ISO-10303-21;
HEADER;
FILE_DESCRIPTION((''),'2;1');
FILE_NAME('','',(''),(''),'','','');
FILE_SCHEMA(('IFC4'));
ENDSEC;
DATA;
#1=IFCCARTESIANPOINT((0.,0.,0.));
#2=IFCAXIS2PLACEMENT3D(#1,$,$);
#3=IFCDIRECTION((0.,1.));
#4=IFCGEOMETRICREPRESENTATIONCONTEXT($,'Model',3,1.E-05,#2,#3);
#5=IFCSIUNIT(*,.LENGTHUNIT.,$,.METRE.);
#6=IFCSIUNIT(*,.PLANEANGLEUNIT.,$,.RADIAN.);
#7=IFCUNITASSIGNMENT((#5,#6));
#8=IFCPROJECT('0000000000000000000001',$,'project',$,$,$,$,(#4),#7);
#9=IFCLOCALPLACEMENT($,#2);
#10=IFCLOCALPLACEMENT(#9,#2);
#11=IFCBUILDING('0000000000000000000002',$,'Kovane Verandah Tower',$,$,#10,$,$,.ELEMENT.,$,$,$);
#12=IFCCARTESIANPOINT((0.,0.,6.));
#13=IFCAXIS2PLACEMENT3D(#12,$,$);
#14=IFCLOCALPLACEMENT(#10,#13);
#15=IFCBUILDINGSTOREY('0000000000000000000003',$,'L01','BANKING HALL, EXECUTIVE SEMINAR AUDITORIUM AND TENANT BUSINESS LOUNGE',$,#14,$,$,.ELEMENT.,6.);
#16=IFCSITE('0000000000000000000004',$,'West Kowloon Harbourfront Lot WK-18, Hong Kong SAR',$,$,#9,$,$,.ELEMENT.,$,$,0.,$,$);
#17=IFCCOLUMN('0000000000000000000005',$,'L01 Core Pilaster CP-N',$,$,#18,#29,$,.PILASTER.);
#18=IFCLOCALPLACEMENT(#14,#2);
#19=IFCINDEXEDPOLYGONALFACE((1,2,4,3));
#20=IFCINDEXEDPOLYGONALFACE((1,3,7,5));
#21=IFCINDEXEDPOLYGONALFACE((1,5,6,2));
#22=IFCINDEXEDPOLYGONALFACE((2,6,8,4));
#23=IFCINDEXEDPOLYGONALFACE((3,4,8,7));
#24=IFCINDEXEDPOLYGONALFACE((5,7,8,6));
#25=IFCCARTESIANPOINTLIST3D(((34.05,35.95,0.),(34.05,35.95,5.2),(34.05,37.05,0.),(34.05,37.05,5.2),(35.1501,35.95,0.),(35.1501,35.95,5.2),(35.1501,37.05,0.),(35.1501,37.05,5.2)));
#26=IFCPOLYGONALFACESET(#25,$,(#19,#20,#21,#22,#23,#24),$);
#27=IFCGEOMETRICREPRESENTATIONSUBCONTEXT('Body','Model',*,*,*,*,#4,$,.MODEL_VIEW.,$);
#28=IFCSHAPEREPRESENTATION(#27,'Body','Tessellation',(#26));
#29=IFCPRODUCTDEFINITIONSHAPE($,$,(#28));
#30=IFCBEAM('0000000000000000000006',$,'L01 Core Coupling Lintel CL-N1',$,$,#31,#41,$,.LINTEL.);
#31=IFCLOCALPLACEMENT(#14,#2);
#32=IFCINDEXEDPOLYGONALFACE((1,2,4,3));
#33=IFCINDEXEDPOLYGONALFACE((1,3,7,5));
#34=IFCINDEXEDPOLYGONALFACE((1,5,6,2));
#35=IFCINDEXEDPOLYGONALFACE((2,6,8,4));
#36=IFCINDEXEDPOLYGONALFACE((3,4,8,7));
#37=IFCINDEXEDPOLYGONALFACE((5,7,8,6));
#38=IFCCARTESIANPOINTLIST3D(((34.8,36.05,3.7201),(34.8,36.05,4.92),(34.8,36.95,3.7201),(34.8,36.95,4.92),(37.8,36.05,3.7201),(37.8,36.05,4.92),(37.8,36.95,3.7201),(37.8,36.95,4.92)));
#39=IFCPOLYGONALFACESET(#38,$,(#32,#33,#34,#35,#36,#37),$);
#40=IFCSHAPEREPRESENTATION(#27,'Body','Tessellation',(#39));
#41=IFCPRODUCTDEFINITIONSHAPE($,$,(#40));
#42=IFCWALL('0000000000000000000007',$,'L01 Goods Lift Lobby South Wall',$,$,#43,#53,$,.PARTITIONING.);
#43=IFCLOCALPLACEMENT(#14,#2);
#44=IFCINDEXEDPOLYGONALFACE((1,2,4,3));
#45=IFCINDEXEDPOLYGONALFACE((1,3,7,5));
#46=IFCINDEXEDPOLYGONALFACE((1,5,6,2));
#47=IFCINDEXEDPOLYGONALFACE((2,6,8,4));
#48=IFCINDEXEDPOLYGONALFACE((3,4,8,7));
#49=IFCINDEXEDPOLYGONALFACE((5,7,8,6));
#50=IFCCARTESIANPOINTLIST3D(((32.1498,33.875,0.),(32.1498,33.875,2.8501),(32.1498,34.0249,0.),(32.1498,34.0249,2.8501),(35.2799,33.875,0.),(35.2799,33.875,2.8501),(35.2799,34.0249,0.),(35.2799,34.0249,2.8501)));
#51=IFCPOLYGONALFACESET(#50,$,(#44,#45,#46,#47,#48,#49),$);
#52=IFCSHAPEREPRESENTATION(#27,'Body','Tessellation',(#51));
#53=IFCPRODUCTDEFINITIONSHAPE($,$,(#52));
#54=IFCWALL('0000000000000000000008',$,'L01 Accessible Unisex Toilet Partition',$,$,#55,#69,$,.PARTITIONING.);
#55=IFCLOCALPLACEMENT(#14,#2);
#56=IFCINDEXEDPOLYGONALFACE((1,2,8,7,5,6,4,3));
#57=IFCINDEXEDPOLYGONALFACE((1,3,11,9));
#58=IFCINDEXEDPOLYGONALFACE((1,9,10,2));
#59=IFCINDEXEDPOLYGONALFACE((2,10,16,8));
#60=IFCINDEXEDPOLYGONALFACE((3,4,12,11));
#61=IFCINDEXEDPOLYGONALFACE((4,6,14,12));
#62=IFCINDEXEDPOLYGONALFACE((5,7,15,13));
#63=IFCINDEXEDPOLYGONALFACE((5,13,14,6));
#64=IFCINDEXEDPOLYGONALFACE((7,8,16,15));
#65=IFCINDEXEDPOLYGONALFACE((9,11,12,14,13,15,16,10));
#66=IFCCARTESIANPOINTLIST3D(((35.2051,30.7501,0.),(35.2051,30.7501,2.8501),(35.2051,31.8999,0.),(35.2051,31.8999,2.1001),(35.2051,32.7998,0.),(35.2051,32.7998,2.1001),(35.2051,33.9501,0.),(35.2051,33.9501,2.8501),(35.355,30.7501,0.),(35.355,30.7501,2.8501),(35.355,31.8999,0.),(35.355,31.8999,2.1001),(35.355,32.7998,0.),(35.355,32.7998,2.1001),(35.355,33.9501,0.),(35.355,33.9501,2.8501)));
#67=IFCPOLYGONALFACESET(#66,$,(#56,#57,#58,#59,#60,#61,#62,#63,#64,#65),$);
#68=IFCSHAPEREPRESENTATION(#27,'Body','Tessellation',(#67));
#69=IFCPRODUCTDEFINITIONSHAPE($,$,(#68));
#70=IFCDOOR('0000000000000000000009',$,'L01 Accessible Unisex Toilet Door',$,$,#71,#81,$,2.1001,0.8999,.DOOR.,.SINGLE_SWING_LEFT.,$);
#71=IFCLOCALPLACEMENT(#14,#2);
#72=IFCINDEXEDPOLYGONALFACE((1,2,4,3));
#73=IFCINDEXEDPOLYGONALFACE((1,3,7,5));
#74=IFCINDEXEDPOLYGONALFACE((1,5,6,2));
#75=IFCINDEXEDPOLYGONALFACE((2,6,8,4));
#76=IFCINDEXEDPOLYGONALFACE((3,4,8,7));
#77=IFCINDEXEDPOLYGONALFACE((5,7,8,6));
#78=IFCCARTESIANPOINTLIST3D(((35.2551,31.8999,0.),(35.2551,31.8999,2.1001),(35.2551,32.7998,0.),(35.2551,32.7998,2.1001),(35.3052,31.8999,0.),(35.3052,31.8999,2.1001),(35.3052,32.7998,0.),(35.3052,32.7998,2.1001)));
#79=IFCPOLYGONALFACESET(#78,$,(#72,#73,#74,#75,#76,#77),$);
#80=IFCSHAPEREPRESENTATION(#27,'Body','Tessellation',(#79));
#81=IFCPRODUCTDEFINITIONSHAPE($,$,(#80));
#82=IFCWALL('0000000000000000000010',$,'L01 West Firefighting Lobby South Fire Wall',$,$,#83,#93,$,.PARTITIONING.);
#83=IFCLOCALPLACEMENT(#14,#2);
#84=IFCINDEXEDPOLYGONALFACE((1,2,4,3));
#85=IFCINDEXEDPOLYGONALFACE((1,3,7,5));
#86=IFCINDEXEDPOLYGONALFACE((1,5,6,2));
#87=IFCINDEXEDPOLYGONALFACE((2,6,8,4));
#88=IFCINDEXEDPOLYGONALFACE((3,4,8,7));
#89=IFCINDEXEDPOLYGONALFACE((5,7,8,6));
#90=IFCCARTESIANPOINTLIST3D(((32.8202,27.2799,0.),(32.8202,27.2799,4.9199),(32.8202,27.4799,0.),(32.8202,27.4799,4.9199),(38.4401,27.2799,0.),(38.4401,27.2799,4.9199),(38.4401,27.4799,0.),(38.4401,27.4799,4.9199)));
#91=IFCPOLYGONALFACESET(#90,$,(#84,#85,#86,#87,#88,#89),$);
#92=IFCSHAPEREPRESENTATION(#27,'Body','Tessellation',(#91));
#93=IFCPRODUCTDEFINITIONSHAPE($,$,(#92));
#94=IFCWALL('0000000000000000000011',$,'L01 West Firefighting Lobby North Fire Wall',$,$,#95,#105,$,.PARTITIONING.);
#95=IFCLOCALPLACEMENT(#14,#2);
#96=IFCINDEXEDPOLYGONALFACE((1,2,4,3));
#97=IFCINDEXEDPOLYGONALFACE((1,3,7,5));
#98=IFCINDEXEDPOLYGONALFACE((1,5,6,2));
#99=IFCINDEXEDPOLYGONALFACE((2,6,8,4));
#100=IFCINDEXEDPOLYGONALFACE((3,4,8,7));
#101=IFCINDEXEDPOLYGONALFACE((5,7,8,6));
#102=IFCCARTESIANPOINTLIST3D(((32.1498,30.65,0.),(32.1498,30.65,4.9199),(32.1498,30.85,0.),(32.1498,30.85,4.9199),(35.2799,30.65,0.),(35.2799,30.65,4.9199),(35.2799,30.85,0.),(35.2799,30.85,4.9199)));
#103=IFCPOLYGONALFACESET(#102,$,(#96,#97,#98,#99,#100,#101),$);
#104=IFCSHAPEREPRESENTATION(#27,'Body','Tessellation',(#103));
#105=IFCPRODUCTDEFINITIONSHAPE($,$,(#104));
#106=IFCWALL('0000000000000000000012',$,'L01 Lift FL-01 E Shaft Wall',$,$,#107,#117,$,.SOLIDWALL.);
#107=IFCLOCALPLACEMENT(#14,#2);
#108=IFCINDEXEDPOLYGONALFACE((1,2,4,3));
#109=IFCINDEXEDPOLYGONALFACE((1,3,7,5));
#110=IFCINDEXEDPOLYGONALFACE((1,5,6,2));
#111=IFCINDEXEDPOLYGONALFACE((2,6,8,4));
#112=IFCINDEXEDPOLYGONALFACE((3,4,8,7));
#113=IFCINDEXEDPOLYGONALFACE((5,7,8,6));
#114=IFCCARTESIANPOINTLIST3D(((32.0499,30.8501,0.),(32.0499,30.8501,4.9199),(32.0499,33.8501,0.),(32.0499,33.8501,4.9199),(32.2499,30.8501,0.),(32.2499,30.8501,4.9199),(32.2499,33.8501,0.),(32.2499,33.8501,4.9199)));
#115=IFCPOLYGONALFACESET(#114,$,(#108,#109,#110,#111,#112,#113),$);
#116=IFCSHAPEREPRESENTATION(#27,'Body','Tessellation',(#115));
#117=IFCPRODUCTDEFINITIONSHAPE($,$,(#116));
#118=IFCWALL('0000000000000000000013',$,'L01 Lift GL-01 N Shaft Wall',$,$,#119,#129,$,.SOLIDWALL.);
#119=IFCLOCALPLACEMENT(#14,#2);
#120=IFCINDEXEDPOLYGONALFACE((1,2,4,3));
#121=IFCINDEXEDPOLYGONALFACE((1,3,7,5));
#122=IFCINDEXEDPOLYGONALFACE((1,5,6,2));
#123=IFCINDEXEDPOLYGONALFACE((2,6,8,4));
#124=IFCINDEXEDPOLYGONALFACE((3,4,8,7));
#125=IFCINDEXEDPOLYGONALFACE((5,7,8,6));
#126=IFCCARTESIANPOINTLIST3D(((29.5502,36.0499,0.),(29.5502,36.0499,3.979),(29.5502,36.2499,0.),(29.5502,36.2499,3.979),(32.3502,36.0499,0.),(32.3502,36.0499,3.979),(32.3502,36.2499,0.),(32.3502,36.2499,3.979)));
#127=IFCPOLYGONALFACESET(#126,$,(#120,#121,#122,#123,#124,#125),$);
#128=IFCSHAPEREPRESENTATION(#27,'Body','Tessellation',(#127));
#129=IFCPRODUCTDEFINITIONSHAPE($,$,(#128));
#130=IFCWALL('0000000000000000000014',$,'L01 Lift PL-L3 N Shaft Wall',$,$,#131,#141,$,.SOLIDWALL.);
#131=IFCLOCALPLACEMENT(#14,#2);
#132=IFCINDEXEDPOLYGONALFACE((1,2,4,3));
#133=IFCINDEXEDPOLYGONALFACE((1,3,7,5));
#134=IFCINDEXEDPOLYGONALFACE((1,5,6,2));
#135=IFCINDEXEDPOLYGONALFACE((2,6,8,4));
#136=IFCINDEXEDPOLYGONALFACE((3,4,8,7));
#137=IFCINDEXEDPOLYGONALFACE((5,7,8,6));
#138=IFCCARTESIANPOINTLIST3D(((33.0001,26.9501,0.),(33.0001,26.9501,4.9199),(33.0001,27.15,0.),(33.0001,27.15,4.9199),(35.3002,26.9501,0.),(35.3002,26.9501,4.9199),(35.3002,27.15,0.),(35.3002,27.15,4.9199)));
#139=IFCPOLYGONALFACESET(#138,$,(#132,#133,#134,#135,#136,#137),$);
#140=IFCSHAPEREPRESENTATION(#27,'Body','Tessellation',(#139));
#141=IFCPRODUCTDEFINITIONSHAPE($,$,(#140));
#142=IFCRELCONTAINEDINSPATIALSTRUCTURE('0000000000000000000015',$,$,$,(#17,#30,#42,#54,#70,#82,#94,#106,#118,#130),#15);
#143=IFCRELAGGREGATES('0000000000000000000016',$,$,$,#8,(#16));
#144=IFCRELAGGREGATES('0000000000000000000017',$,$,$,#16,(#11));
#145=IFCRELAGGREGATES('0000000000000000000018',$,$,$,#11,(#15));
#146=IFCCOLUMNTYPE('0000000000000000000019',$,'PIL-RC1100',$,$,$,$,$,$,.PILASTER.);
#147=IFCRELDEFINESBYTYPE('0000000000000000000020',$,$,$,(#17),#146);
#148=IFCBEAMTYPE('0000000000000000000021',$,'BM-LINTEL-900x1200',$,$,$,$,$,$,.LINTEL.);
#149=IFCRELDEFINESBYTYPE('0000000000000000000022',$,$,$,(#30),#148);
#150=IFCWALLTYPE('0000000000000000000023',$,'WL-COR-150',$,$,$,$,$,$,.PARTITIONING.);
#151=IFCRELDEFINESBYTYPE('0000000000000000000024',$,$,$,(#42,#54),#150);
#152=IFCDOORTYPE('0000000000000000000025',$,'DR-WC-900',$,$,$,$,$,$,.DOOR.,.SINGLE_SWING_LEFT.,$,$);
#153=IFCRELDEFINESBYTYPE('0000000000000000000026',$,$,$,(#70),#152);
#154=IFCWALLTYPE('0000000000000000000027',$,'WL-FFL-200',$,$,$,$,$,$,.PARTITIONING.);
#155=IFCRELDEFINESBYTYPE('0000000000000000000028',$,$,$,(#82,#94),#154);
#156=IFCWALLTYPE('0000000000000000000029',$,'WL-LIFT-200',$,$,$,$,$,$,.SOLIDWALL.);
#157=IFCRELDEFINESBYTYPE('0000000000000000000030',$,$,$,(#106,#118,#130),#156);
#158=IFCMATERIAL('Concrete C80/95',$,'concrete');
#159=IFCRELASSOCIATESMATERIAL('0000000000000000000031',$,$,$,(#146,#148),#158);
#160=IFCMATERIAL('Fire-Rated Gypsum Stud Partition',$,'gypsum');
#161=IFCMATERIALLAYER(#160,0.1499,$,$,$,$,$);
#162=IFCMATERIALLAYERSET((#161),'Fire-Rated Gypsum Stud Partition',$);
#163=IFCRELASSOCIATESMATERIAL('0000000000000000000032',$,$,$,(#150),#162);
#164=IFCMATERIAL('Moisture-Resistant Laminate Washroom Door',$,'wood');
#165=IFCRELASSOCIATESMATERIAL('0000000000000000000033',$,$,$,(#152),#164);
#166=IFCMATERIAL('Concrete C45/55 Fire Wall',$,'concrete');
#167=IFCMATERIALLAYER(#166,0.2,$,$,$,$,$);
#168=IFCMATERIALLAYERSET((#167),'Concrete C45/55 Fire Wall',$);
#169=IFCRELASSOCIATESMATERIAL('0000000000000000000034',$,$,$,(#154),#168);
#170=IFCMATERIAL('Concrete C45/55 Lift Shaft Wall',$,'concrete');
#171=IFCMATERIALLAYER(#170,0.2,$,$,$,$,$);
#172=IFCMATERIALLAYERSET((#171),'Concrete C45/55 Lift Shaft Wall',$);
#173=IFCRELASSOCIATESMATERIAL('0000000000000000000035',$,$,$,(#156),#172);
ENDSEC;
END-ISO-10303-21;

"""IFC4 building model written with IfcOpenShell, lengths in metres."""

from ifc_helpers import new_model, si_unit, direction, frame, frame_2d, origin, origin_2d, place, context, subcontext, project, spatial, rectangle, extrude, material, layer, layer_set, material_profile, profile_set, type_object, element, fill, save


model = new_model("IFC4")

# Units and contexts
model_context = context("Model", 3, precision=1e-05, world=origin(), true_north=direction((0.0, 1.0)))
body_context = subcontext(model_context, "Body", "Model", "MODEL_VIEW")
ifc_project = project(units=[si_unit("LENGTHUNIT", "METRE"), si_unit("PLANEANGLEUNIT", "RADIAN")], contexts=[model_context])

# Site, building, storey
site_placement = place(None, origin())
site = spatial("IfcSite", under=ifc_project, at=site_placement, Name="West Kowloon Harbourfront Lot WK-18, Hong Kong SAR", CompositionType="ELEMENT", RefElevation=0.0)
building_placement = place(site_placement, origin())
building = spatial("IfcBuilding", under=site, at=building_placement, Name="Kovane Verandah Tower", CompositionType="ELEMENT")
storey_placement = place(building_placement, frame((0.0, 0.0, 6.0)))
storey = spatial("IfcBuildingStorey", under=building, at=storey_placement, Name="L01", Description="BANKING HALL, EXECUTIVE SEMINAR AUDITORIUM AND TENANT BUSINESS LOUNGE", CompositionType="ELEMENT", Elevation=6.0)

# Column
ifc_material_1 = material(Name="Concrete C80/95", Category="concrete")
ifc_material_profile_1 = material_profile(ifc_material_1, rectangle(XDim=1.1001, YDim=1.1001, at=origin_2d()), Name="RC1100x1100")
ifc_profile_set_1 = profile_set([ifc_material_profile_1], Name="Concrete C80/95")
column_type = type_object("IfcColumnType", Name="PIL-RC1100", PredefinedType="PILASTER", material=ifc_profile_set_1)
column_placement = place(storey_placement, frame((34.6001, 36.5, 0.0), z_axis=(0.0, 0.0, 1.0), x_axis=(1.0, 0.0, 0.0)))
element("IfcColumn", 1, at=column_placement, inside=storey, type_object=column_type, Name="L01 Core Pilaster CP-N", PredefinedType="PILASTER", context=body_context, shape_type="SweptSolid", body=[
    extrude(rectangle(XDim=1.1001, YDim=1.1001, at=origin_2d()), origin(), (0.0, 0.0, 1.0), 5.2),
])

# Beam
ifc_material_profile_2 = material_profile(ifc_material_1, rectangle(XDim=0.8999, YDim=1.2, at=origin_2d()), Name="RCB900x1200")
ifc_profile_set_2 = profile_set([ifc_material_profile_2], Name="Concrete C80/95")
beam_type = type_object("IfcBeamType", Name="BM-LINTEL-900x1200", PredefinedType="LINTEL", material=ifc_profile_set_2)
beam_placement = place(storey_placement, frame((34.8, 36.5, 4.3201), z_axis=(1.0, 0.0, 0.0), x_axis=(0.0, 1.0, 0.0)))
element("IfcBeam", 2, at=beam_placement, inside=storey, type_object=beam_type, Name="L01 Core Coupling Lintel CL-N1", PredefinedType="LINTEL", context=body_context, shape_type="SweptSolid", body=[
    extrude(rectangle(XDim=0.8999, YDim=1.2, at=origin_2d()), origin(), (0.0, 0.0, 1.0), 3.0),
])

# Wall
ifc_material_2 = material(Name="Fire-Rated Gypsum Stud Partition", Category="gypsum")
ifc_layer_1 = layer(ifc_material_2, 0.1499)
ifc_layer_set_1 = layer_set([ifc_layer_1], Name="Fire-Rated Gypsum Stud Partition")
wall_type_1 = type_object("IfcWallType", Name="WL-COR-150", PredefinedType="PARTITIONING", material=ifc_layer_set_1)
wall_1_placement = place(storey_placement, frame((32.1499, 33.95, 0.0), z_axis=(0.0, 0.0, 1.0), x_axis=(1.0, 0.0, 0.0)))
element("IfcWall", 3, at=wall_1_placement, inside=storey, type_object=wall_type_1, Name="L01 Goods Lift Lobby South Wall", PredefinedType="PARTITIONING", context=body_context, shape_type="SweptSolid", body=[
    extrude(rectangle(XDim=3.1301, YDim=0.1499, at=frame_2d((1.5649, 0.0))), origin(), (0.0, 0.0, 1.0), 2.8501),
])

# Wall, opening, door
wall_2_placement = place(storey_placement, frame((35.28, 30.75, 0.0), z_axis=(0.0, 0.0, 1.0), x_axis=(0.0, 1.0, 0.0)))
wall_2 = element("IfcWall", 4, at=wall_2_placement, inside=storey, type_object=wall_type_1, Name="L01 Accessible Unisex Toilet Partition", PredefinedType="PARTITIONING", context=body_context, shape_type="SweptSolid", body=[
    extrude(rectangle(XDim=3.2, YDim=0.1499, at=frame_2d((1.6001, 0.0))), origin(), (0.0, 0.0, 1.0), 2.8501),
])
opening_1_placement = place(wall_2_placement, frame((1.1499, 0.0, 0.0)))
opening_1 = element("IfcOpeningElement", 5, at=opening_1_placement, cuts=wall_2, PredefinedType="OPENING", context=body_context, shape_type="SweptSolid", body=[
    extrude(rectangle(XDim=0.8999, YDim=2.1001, at=frame_2d((0.45, 1.05))), frame((0.0, 0.075, 0.0), z_axis=(0.0, -1.0, 0.0), x_axis=(1.0, 0.0, 0.0)), (0.0, 0.0, 1.0), 0.1499),
])
ifc_material_3 = material(Name="Moisture-Resistant Laminate Washroom Door", Category="wood")
door_type_1 = type_object("IfcDoorType", Name="DR-WC-900", OperationType="SINGLE_SWING_LEFT", PredefinedType="DOOR", material=ifc_material_3)
door_1_placement = place(opening_1_placement, origin())
door_1 = element("IfcDoor", 6, at=door_1_placement, inside=storey, type_object=door_type_1, Name="L01 Accessible Unisex Toilet Door", OperationType="SINGLE_SWING_LEFT", OverallHeight=2.1001, OverallWidth=0.8999, PredefinedType="DOOR", context=body_context, shape_type="SweptSolid", body=[
    extrude(rectangle(XDim=0.8999, YDim=2.1001, at=frame_2d((0.45, 1.05))), frame((0.0, 0.0249, 0.0), z_axis=(0.0, -1.0, 0.0), x_axis=(1.0, 0.0, 0.0)), (0.0, 0.0, 1.0), 0.05),
])
fill(opening_1, door_1)
ifc_material_4 = material(Name="Concrete C45/55 Fire Wall", Category="concrete")
ifc_layer_2 = layer(ifc_material_4, 0.2)
ifc_layer_set_2 = layer_set([ifc_layer_2], Name="Concrete C45/55 Fire Wall")
wall_type_2 = type_object("IfcWallType", Name="WL-FFL-200", PredefinedType="PARTITIONING", material=ifc_layer_set_2)

# Walls
wall_3_placement = place(storey_placement, frame((32.8201, 27.3799, 0.0), z_axis=(0.0, 0.0, 1.0), x_axis=(1.0, 0.0, 0.0)))
element("IfcWall", 7, at=wall_3_placement, inside=storey, type_object=wall_type_2, Name="L01 West Firefighting Lobby South Fire Wall", PredefinedType="PARTITIONING", context=body_context, shape_type="SweptSolid", body=[
    extrude(rectangle(XDim=5.6199, YDim=0.2, at=frame_2d((2.8101, 0.0))), origin(), (0.0, 0.0, 1.0), 4.9199),
])
wall_4_placement = place(storey_placement, frame((32.1499, 30.75, 0.0), z_axis=(0.0, 0.0, 1.0), x_axis=(1.0, 0.0, 0.0)))
element("IfcWall", 8, at=wall_4_placement, inside=storey, type_object=wall_type_2, Name="L01 West Firefighting Lobby North Fire Wall", PredefinedType="PARTITIONING", context=body_context, shape_type="SweptSolid", body=[
    extrude(rectangle(XDim=3.1301, YDim=0.2, at=frame_2d((1.5649, 0.0))), origin(), (0.0, 0.0, 1.0), 4.9199),
])
ifc_material_5 = material(Name="Concrete C45/55 Lift Shaft Wall", Category="concrete")
ifc_layer_3 = layer(ifc_material_5, 0.2)
ifc_layer_set_3 = layer_set([ifc_layer_3], Name="Concrete C45/55 Lift Shaft Wall")
wall_type_3 = type_object("IfcWallType", Name="WL-LIFT-200", PredefinedType="SOLIDWALL", material=ifc_layer_set_3)
wall_5_placement = place(storey_placement, frame((32.1499, 30.8501, 0.0), z_axis=(0.0, 0.0, 1.0), x_axis=(0.0, 1.0, 0.0)))
element("IfcWall", 9, at=wall_5_placement, inside=storey, type_object=wall_type_3, Name="L01 Lift FL-01 E Shaft Wall", PredefinedType="SOLIDWALL", context=body_context, shape_type="SweptSolid", body=[
    extrude(rectangle(XDim=3.0, YDim=0.2, at=frame_2d((1.5, 0.0))), origin(), (0.0, 0.0, 1.0), 4.9199),
])
wall_6_placement = place(storey_placement, frame((32.3501, 36.1499, 0.0), z_axis=(0.0, 0.0, 1.0), x_axis=(-1.0, 0.0, 0.0)))
element("IfcWall", 10, at=wall_6_placement, inside=storey, type_object=wall_type_3, Name="L01 Lift GL-01 N Shaft Wall", PredefinedType="SOLIDWALL", context=body_context, shape_type="SweptSolid", body=[
    extrude(rectangle(XDim=2.8, YDim=0.2, at=frame_2d((1.3999, 0.0))), origin(), (0.0, 0.0, 1.0), 3.979),
])

# Wall
wall_7_placement = place(storey_placement, frame((35.3, 27.05, 0.0), z_axis=(0.0, 0.0, 1.0), x_axis=(-1.0, 0.0, 0.0)))
element("IfcWall", 11, at=wall_7_placement, inside=storey, type_object=wall_type_3, Name="L01 Lift PL-L3 N Shaft Wall", PredefinedType="SOLIDWALL", context=body_context, shape_type="SweptSolid", body=[
    extrude(rectangle(XDim=2.3, YDim=0.2, at=frame_2d((1.1499, 0.0))), origin(), (0.0, 0.0, 1.0), 4.9199),
])

save(model, "model.ifc")
